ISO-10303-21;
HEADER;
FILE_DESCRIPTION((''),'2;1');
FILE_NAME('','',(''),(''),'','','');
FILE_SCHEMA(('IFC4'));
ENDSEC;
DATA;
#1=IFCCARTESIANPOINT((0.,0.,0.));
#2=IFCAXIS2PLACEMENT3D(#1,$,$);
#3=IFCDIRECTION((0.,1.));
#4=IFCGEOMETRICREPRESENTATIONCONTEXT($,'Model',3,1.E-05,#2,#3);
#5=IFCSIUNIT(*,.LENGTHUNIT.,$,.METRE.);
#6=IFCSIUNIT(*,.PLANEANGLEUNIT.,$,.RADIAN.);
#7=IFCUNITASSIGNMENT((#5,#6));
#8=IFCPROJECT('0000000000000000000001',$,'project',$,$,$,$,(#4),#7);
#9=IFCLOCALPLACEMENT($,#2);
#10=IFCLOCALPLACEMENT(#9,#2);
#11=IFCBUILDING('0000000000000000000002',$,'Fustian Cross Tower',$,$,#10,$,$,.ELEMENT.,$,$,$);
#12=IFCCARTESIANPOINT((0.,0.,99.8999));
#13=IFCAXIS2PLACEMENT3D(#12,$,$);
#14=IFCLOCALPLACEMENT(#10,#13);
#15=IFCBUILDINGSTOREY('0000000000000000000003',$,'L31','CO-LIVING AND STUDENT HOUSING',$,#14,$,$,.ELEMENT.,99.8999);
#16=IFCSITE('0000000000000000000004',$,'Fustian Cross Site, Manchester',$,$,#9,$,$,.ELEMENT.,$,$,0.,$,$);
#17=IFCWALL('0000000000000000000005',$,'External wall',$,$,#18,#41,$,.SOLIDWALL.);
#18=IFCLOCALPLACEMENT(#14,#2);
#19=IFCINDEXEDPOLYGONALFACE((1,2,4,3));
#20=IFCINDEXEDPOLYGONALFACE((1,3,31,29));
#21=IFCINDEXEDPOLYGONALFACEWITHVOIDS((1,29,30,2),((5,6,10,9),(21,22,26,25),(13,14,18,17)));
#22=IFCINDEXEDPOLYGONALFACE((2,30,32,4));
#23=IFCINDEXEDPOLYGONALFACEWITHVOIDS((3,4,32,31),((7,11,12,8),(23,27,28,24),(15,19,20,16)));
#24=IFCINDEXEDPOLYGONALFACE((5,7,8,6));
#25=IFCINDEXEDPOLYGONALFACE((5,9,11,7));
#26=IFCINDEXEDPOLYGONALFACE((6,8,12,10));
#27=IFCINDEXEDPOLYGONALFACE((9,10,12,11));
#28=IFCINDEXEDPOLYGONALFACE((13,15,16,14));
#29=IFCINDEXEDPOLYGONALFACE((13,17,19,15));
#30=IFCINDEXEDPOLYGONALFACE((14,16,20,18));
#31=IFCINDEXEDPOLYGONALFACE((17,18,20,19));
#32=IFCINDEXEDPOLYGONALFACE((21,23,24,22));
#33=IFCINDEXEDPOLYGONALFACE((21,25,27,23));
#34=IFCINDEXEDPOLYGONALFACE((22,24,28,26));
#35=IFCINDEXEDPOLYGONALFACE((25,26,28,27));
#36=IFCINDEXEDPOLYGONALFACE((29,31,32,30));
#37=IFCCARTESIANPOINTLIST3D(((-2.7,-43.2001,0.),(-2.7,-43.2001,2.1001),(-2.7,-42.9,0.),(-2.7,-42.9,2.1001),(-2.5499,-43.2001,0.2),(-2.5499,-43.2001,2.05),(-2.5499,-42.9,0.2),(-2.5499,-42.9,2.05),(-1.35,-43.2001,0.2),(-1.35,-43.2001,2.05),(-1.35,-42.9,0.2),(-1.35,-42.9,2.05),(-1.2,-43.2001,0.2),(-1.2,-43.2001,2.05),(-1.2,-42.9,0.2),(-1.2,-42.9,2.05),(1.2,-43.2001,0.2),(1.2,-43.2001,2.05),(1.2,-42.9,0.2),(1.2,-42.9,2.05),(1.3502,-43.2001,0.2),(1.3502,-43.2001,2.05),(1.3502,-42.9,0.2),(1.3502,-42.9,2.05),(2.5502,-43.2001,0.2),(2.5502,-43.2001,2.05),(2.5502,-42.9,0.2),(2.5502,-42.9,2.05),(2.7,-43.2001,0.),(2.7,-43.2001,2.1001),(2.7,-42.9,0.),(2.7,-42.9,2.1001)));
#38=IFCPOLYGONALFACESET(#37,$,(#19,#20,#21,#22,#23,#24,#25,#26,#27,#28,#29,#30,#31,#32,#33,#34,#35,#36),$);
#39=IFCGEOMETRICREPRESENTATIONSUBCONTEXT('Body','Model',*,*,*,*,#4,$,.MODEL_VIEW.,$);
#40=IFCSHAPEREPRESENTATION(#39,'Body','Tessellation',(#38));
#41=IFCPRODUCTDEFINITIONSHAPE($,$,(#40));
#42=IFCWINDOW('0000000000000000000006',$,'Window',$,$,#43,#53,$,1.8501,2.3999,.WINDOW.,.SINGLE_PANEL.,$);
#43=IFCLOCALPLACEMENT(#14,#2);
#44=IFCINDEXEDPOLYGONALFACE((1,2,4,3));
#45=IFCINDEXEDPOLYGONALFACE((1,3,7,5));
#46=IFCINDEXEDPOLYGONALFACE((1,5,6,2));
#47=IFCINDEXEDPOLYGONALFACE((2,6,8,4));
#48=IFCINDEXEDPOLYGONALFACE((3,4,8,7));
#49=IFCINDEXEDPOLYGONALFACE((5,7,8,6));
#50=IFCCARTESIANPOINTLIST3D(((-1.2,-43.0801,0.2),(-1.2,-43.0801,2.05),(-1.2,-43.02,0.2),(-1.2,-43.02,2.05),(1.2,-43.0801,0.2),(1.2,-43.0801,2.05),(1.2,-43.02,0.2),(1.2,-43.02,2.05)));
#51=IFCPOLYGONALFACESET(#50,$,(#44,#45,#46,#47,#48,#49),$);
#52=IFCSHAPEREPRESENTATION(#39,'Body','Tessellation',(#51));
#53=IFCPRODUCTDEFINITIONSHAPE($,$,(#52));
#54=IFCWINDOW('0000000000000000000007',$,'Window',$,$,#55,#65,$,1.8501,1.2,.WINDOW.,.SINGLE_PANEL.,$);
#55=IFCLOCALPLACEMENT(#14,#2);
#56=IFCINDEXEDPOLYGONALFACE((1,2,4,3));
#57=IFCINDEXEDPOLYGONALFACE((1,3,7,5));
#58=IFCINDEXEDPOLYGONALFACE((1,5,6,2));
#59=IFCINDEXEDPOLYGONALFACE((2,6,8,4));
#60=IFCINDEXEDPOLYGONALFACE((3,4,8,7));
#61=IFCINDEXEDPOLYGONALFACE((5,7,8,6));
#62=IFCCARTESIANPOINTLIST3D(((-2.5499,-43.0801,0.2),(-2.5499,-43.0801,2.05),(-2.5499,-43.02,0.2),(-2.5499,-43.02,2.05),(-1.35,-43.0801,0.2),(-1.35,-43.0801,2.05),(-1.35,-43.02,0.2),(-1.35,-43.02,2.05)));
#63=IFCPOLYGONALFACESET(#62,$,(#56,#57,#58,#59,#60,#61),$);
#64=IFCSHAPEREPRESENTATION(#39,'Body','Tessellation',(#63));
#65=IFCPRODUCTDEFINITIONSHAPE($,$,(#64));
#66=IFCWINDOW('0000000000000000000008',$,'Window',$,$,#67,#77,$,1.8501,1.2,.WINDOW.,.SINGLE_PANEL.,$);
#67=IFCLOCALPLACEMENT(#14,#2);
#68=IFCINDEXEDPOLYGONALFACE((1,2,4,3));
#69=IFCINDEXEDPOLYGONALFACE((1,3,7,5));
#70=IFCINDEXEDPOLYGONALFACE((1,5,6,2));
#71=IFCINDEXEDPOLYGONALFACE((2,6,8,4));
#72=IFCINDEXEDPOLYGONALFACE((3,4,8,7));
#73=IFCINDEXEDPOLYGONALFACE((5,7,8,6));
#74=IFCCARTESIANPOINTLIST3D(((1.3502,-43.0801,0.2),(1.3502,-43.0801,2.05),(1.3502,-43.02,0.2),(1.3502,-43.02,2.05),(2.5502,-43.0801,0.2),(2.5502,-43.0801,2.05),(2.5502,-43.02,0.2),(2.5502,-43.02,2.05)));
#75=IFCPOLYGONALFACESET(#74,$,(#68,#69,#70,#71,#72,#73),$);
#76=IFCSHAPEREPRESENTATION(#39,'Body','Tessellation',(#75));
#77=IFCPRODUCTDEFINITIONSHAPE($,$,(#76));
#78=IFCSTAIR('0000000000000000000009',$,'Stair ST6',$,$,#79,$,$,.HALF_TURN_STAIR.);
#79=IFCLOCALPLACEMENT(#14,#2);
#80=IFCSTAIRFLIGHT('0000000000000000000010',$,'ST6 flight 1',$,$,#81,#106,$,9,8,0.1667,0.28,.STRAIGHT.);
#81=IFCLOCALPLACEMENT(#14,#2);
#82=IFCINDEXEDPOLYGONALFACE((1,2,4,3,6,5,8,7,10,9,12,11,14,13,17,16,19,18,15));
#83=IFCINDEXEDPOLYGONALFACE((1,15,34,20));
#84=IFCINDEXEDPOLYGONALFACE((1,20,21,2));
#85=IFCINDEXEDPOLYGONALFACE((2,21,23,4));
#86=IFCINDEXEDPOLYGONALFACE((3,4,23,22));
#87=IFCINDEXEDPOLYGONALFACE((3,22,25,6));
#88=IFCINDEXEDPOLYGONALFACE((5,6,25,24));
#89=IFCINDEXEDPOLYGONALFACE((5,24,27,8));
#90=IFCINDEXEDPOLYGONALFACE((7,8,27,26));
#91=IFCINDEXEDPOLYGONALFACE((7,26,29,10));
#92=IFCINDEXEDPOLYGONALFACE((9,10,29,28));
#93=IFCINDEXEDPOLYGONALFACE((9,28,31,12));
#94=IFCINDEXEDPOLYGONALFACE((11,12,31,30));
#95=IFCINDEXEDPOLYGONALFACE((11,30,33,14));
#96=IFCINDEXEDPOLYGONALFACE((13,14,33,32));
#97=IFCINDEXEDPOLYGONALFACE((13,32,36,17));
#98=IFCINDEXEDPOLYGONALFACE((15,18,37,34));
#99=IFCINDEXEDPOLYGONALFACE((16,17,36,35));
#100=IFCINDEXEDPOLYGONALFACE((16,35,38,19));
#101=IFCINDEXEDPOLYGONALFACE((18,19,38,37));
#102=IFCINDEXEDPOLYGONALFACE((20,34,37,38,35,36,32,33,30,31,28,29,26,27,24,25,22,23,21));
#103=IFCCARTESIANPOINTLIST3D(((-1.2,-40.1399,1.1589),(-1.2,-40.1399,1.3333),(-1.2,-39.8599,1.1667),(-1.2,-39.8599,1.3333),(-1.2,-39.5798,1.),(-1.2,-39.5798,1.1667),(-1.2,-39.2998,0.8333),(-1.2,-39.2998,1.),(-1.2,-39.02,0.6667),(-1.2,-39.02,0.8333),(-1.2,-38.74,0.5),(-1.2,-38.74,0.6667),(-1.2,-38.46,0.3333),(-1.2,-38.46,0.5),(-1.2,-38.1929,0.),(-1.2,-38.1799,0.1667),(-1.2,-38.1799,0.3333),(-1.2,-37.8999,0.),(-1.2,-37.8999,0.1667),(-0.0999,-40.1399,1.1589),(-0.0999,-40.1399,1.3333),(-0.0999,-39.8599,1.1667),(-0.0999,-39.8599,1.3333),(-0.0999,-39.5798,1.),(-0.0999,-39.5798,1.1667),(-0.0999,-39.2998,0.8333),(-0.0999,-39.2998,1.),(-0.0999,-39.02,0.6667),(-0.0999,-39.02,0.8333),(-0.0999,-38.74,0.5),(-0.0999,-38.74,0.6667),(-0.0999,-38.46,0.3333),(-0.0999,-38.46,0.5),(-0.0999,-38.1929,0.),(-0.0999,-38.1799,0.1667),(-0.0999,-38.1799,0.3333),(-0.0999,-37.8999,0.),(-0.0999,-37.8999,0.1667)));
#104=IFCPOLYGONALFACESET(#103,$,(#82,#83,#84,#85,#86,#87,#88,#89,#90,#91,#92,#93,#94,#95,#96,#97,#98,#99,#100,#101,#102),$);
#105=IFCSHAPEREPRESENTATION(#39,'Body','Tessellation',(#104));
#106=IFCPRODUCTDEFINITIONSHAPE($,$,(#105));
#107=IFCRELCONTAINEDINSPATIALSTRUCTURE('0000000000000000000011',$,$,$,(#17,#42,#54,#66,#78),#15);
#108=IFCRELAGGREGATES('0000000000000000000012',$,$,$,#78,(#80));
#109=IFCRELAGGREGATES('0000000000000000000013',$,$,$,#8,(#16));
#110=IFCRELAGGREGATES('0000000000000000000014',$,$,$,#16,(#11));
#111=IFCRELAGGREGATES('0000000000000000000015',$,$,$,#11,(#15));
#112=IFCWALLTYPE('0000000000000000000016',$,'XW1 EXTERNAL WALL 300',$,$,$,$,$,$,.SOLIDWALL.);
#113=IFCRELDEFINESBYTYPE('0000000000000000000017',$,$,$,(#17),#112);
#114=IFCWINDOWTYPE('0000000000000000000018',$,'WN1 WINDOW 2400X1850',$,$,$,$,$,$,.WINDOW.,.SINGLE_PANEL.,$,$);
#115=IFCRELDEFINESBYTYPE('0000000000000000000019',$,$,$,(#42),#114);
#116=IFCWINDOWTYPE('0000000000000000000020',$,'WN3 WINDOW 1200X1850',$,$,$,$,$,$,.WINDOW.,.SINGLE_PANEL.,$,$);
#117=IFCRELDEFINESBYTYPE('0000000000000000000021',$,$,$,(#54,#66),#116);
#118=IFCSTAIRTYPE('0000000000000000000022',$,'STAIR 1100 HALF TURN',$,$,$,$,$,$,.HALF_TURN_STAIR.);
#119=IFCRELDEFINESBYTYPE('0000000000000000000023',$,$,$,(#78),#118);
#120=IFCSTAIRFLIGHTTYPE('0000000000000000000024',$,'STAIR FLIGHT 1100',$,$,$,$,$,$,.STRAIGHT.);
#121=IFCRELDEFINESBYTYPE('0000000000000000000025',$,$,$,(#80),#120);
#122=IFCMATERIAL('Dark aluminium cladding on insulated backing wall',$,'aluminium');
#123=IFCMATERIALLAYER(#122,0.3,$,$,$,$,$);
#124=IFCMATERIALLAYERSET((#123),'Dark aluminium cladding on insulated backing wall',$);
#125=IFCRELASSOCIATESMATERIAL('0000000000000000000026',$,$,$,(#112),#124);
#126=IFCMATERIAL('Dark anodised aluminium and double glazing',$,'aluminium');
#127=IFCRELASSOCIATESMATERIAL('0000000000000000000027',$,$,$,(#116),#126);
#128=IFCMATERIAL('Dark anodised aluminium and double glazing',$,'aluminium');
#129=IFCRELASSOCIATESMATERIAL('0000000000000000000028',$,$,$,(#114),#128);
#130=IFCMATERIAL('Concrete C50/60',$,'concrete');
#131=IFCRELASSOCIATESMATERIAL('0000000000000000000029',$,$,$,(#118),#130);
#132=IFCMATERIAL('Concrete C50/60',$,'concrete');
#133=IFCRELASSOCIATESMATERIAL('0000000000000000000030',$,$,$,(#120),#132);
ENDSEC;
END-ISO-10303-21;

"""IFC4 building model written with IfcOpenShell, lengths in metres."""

from ifc_helpers import new_model, si_unit, direction, frame, frame_2d, origin, place, context, subcontext, project, spatial, polyline, rectangle, outline, extrude, material, layer, layer_set, type_object, element, fill, aggregate, save


model = new_model("IFC4")

# Units and contexts
model_context = context("Model", 3, precision=1e-05, world=origin(), true_north=direction((0.0, 1.0)))
body_context = subcontext(model_context, "Body", "Model", "MODEL_VIEW")
ifc_project = project(units=[si_unit("LENGTHUNIT", "METRE"), si_unit("PLANEANGLEUNIT", "RADIAN")], contexts=[model_context])

# Site, building, storey
site_placement = place(None, origin())
site = spatial("IfcSite", under=ifc_project, at=site_placement, Name="Fustian Cross Site, Manchester", CompositionType="ELEMENT", RefElevation=0.0)
building_placement = place(site_placement, origin())
building = spatial("IfcBuilding", under=site, at=building_placement, Name="Fustian Cross Tower", CompositionType="ELEMENT")
storey_placement = place(building_placement, frame((0.0, 0.0, 99.8999)))
storey = spatial("IfcBuildingStorey", under=building, at=storey_placement, Name="L31", Description="CO-LIVING AND STUDENT HOUSING", CompositionType="ELEMENT", Elevation=99.8999)

# Shared definitions
ifc_material_1 = material(Name="Dark aluminium cladding on insulated backing wall", Category="aluminium")
ifc_layer_1 = layer(ifc_material_1, 0.3)
ifc_layer_set_1 = layer_set([ifc_layer_1], Name="Dark aluminium cladding on insulated backing wall")
wall_type_1 = type_object("IfcWallType", Name="XW1 EXTERNAL WALL 300", PredefinedType="SOLIDWALL", material=ifc_layer_set_1)

# Shared definitions
ifc_material_2 = material(Name="Dark anodised aluminium and double glazing", Category="aluminium")
window_type_1 = type_object("IfcWindowType", Name="WN3 WINDOW 1200X1850", PartitioningType="SINGLE_PANEL", PredefinedType="WINDOW", material=ifc_material_2)

# Wall, openings, windows
wall_1_placement = place(storey_placement, frame((-2.7, -43.05, 0.0), z_axis=(0.0, 0.0, 1.0), x_axis=(1.0, 0.0, 0.0)))
wall_1 = element("IfcWall", 1, at=wall_1_placement, inside=storey, type_object=wall_type_1, Name="External wall", PredefinedType="SOLIDWALL", context=body_context, shape_type="SweptSolid", body=[
    extrude(rectangle(XDim=5.3999, YDim=0.3, at=frame_2d((2.7, 0.0))), origin(), (0.0, 0.0, 1.0), 2.1001),
])
opening_1_placement = place(wall_1_placement, frame((1.5, 0.0, 0.2)))
opening_1 = element("IfcOpeningElement", 2, at=opening_1_placement, cuts=wall_1, PredefinedType="OPENING", context=body_context, shape_type="SweptSolid", body=[
    extrude(rectangle(XDim=2.3999, YDim=1.8501, at=frame_2d((1.2, 0.925))), frame((0.0, 0.1599, 0.0), z_axis=(0.0, -1.0, 0.0), x_axis=(1.0, 0.0, 0.0)), (0.0, 0.0, 1.0), 0.3201),
])
opening_2_placement = place(wall_1_placement, frame((0.1499, 0.0, 0.2)))
opening_2 = element("IfcOpeningElement", 3, at=opening_2_placement, cuts=wall_1, PredefinedType="OPENING", context=body_context, shape_type="SweptSolid", body=[
    extrude(rectangle(XDim=1.2, YDim=1.8501, at=frame_2d((0.6001, 0.925))), frame((0.0, 0.1599, 0.0), z_axis=(0.0, -1.0, 0.0), x_axis=(1.0, 0.0, 0.0)), (0.0, 0.0, 1.0), 0.3201),
])
opening_3_placement = place(wall_1_placement, frame((4.05, 0.0, 0.2)))
opening_3 = element("IfcOpeningElement", 4, at=opening_3_placement, cuts=wall_1, PredefinedType="OPENING", context=body_context, shape_type="SweptSolid", body=[
    extrude(rectangle(XDim=1.2, YDim=1.8501, at=frame_2d((0.6001, 0.925))), frame((0.0, 0.1599, 0.0), z_axis=(0.0, -1.0, 0.0), x_axis=(1.0, 0.0, 0.0)), (0.0, 0.0, 1.0), 0.3201),
])
ifc_material_3 = material(Name="Dark anodised aluminium and double glazing", Category="aluminium")
window_type_2 = type_object("IfcWindowType", Name="WN1 WINDOW 2400X1850", PartitioningType="SINGLE_PANEL", PredefinedType="WINDOW", material=ifc_material_3)
window_1_placement = place(opening_1_placement, origin())
window_1 = element("IfcWindow", 5, at=window_1_placement, inside=storey, type_object=window_type_2, Name="Window", OverallHeight=1.8501, OverallWidth=2.3999, PartitioningType="SINGLE_PANEL", PredefinedType="WINDOW", context=body_context, shape_type="SweptSolid", body=[
    extrude(rectangle(XDim=2.3999, YDim=1.8501, at=frame_2d((1.2, 0.925))), frame((0.0, 0.03, 0.0), z_axis=(0.0, -1.0, 0.0), x_axis=(1.0, 0.0, 0.0)), (0.0, 0.0, 1.0), 0.0601),
])
fill(opening_1, window_1)
window_2_placement = place(opening_2_placement, origin())
window_2 = element("IfcWindow", 6, at=window_2_placement, inside=storey, type_object=window_type_1, Name="Window", OverallHeight=1.8501, OverallWidth=1.2, PartitioningType="SINGLE_PANEL", PredefinedType="WINDOW", context=body_context, shape_type="SweptSolid", body=[
    extrude(rectangle(XDim=1.2, YDim=1.8501, at=frame_2d((0.6001, 0.925))), frame((0.0, 0.03, 0.0), z_axis=(0.0, -1.0, 0.0), x_axis=(1.0, 0.0, 0.0)), (0.0, 0.0, 1.0), 0.0601),
])
fill(opening_2, window_2)
window_3_placement = place(opening_3_placement, origin())
window_3 = element("IfcWindow", 7, at=window_3_placement, inside=storey, type_object=window_type_1, Name="Window", OverallHeight=1.8501, OverallWidth=1.2, PartitioningType="SINGLE_PANEL", PredefinedType="WINDOW", context=body_context, shape_type="SweptSolid", body=[
    extrude(rectangle(XDim=1.2, YDim=1.8501, at=frame_2d((0.6001, 0.925))), frame((0.0, 0.03, 0.0), z_axis=(0.0, -1.0, 0.0), x_axis=(1.0, 0.0, 0.0)), (0.0, 0.0, 1.0), 0.0601),
])
fill(opening_3, window_3)

# Stair, stair flight
ifc_material_4 = material(Name="Concrete C50/60", Category="concrete")
stair_type = type_object("IfcStairType", Name="STAIR 1100 HALF TURN", PredefinedType="HALF_TURN_STAIR", material=ifc_material_4)
stair_placement = place(storey_placement, origin())
stair = element("IfcStair", 8, at=stair_placement, inside=storey, type_object=stair_type, Name="Stair ST6", PredefinedType="HALF_TURN_STAIR")
ifc_material_5 = material(Name="Concrete C50/60", Category="concrete")
stair_flight_type = type_object("IfcStairFlightType", Name="STAIR FLIGHT 1100", PredefinedType="STRAIGHT", material=ifc_material_5)
stair_flight_placement = place(storey_placement, frame((-0.6499, -37.8999, 0.0), z_axis=(0.0, 0.0, 1.0), x_axis=(0.0, -1.0, 0.0)))
stair_flight = element("IfcStairFlight", 9, at=stair_flight_placement, type_object=stair_flight_type, Name="ST6 flight 1", NumberOfRisers=9, NumberOfTreads=8, PredefinedType="STRAIGHT", RiserHeight=0.1667, TreadLength=0.28, context=body_context, shape_type="SweptSolid", body=[
    extrude(outline(polyline([(0.0, 0.0), (0.0, 0.1667), (0.28, 0.1667), (0.28, 0.3333), (0.5601, 0.3333), (0.5601, 0.5), (0.8401, 0.5), (0.8401, 0.6667), (1.1201, 0.6667), (1.1201, 0.8333), (1.3999, 0.8333), (1.3999, 1.0), (1.6799, 1.0), (1.6799, 1.1667), (1.96, 1.1667), (1.96, 1.3333), (2.24, 1.3333), (2.24, 1.5), (2.24, 1.1589), (0.293, 0.0), (0.0, 0.0)])), frame((0.0, 0.55, 0.0), z_axis=(0.0, -1.0, 0.0), x_axis=(1.0, 0.0, 0.0)), (0.0, 0.0, 1.0), 1.1001),
])
aggregate(stair, [stair_flight])

save(model, "model.ifc")
